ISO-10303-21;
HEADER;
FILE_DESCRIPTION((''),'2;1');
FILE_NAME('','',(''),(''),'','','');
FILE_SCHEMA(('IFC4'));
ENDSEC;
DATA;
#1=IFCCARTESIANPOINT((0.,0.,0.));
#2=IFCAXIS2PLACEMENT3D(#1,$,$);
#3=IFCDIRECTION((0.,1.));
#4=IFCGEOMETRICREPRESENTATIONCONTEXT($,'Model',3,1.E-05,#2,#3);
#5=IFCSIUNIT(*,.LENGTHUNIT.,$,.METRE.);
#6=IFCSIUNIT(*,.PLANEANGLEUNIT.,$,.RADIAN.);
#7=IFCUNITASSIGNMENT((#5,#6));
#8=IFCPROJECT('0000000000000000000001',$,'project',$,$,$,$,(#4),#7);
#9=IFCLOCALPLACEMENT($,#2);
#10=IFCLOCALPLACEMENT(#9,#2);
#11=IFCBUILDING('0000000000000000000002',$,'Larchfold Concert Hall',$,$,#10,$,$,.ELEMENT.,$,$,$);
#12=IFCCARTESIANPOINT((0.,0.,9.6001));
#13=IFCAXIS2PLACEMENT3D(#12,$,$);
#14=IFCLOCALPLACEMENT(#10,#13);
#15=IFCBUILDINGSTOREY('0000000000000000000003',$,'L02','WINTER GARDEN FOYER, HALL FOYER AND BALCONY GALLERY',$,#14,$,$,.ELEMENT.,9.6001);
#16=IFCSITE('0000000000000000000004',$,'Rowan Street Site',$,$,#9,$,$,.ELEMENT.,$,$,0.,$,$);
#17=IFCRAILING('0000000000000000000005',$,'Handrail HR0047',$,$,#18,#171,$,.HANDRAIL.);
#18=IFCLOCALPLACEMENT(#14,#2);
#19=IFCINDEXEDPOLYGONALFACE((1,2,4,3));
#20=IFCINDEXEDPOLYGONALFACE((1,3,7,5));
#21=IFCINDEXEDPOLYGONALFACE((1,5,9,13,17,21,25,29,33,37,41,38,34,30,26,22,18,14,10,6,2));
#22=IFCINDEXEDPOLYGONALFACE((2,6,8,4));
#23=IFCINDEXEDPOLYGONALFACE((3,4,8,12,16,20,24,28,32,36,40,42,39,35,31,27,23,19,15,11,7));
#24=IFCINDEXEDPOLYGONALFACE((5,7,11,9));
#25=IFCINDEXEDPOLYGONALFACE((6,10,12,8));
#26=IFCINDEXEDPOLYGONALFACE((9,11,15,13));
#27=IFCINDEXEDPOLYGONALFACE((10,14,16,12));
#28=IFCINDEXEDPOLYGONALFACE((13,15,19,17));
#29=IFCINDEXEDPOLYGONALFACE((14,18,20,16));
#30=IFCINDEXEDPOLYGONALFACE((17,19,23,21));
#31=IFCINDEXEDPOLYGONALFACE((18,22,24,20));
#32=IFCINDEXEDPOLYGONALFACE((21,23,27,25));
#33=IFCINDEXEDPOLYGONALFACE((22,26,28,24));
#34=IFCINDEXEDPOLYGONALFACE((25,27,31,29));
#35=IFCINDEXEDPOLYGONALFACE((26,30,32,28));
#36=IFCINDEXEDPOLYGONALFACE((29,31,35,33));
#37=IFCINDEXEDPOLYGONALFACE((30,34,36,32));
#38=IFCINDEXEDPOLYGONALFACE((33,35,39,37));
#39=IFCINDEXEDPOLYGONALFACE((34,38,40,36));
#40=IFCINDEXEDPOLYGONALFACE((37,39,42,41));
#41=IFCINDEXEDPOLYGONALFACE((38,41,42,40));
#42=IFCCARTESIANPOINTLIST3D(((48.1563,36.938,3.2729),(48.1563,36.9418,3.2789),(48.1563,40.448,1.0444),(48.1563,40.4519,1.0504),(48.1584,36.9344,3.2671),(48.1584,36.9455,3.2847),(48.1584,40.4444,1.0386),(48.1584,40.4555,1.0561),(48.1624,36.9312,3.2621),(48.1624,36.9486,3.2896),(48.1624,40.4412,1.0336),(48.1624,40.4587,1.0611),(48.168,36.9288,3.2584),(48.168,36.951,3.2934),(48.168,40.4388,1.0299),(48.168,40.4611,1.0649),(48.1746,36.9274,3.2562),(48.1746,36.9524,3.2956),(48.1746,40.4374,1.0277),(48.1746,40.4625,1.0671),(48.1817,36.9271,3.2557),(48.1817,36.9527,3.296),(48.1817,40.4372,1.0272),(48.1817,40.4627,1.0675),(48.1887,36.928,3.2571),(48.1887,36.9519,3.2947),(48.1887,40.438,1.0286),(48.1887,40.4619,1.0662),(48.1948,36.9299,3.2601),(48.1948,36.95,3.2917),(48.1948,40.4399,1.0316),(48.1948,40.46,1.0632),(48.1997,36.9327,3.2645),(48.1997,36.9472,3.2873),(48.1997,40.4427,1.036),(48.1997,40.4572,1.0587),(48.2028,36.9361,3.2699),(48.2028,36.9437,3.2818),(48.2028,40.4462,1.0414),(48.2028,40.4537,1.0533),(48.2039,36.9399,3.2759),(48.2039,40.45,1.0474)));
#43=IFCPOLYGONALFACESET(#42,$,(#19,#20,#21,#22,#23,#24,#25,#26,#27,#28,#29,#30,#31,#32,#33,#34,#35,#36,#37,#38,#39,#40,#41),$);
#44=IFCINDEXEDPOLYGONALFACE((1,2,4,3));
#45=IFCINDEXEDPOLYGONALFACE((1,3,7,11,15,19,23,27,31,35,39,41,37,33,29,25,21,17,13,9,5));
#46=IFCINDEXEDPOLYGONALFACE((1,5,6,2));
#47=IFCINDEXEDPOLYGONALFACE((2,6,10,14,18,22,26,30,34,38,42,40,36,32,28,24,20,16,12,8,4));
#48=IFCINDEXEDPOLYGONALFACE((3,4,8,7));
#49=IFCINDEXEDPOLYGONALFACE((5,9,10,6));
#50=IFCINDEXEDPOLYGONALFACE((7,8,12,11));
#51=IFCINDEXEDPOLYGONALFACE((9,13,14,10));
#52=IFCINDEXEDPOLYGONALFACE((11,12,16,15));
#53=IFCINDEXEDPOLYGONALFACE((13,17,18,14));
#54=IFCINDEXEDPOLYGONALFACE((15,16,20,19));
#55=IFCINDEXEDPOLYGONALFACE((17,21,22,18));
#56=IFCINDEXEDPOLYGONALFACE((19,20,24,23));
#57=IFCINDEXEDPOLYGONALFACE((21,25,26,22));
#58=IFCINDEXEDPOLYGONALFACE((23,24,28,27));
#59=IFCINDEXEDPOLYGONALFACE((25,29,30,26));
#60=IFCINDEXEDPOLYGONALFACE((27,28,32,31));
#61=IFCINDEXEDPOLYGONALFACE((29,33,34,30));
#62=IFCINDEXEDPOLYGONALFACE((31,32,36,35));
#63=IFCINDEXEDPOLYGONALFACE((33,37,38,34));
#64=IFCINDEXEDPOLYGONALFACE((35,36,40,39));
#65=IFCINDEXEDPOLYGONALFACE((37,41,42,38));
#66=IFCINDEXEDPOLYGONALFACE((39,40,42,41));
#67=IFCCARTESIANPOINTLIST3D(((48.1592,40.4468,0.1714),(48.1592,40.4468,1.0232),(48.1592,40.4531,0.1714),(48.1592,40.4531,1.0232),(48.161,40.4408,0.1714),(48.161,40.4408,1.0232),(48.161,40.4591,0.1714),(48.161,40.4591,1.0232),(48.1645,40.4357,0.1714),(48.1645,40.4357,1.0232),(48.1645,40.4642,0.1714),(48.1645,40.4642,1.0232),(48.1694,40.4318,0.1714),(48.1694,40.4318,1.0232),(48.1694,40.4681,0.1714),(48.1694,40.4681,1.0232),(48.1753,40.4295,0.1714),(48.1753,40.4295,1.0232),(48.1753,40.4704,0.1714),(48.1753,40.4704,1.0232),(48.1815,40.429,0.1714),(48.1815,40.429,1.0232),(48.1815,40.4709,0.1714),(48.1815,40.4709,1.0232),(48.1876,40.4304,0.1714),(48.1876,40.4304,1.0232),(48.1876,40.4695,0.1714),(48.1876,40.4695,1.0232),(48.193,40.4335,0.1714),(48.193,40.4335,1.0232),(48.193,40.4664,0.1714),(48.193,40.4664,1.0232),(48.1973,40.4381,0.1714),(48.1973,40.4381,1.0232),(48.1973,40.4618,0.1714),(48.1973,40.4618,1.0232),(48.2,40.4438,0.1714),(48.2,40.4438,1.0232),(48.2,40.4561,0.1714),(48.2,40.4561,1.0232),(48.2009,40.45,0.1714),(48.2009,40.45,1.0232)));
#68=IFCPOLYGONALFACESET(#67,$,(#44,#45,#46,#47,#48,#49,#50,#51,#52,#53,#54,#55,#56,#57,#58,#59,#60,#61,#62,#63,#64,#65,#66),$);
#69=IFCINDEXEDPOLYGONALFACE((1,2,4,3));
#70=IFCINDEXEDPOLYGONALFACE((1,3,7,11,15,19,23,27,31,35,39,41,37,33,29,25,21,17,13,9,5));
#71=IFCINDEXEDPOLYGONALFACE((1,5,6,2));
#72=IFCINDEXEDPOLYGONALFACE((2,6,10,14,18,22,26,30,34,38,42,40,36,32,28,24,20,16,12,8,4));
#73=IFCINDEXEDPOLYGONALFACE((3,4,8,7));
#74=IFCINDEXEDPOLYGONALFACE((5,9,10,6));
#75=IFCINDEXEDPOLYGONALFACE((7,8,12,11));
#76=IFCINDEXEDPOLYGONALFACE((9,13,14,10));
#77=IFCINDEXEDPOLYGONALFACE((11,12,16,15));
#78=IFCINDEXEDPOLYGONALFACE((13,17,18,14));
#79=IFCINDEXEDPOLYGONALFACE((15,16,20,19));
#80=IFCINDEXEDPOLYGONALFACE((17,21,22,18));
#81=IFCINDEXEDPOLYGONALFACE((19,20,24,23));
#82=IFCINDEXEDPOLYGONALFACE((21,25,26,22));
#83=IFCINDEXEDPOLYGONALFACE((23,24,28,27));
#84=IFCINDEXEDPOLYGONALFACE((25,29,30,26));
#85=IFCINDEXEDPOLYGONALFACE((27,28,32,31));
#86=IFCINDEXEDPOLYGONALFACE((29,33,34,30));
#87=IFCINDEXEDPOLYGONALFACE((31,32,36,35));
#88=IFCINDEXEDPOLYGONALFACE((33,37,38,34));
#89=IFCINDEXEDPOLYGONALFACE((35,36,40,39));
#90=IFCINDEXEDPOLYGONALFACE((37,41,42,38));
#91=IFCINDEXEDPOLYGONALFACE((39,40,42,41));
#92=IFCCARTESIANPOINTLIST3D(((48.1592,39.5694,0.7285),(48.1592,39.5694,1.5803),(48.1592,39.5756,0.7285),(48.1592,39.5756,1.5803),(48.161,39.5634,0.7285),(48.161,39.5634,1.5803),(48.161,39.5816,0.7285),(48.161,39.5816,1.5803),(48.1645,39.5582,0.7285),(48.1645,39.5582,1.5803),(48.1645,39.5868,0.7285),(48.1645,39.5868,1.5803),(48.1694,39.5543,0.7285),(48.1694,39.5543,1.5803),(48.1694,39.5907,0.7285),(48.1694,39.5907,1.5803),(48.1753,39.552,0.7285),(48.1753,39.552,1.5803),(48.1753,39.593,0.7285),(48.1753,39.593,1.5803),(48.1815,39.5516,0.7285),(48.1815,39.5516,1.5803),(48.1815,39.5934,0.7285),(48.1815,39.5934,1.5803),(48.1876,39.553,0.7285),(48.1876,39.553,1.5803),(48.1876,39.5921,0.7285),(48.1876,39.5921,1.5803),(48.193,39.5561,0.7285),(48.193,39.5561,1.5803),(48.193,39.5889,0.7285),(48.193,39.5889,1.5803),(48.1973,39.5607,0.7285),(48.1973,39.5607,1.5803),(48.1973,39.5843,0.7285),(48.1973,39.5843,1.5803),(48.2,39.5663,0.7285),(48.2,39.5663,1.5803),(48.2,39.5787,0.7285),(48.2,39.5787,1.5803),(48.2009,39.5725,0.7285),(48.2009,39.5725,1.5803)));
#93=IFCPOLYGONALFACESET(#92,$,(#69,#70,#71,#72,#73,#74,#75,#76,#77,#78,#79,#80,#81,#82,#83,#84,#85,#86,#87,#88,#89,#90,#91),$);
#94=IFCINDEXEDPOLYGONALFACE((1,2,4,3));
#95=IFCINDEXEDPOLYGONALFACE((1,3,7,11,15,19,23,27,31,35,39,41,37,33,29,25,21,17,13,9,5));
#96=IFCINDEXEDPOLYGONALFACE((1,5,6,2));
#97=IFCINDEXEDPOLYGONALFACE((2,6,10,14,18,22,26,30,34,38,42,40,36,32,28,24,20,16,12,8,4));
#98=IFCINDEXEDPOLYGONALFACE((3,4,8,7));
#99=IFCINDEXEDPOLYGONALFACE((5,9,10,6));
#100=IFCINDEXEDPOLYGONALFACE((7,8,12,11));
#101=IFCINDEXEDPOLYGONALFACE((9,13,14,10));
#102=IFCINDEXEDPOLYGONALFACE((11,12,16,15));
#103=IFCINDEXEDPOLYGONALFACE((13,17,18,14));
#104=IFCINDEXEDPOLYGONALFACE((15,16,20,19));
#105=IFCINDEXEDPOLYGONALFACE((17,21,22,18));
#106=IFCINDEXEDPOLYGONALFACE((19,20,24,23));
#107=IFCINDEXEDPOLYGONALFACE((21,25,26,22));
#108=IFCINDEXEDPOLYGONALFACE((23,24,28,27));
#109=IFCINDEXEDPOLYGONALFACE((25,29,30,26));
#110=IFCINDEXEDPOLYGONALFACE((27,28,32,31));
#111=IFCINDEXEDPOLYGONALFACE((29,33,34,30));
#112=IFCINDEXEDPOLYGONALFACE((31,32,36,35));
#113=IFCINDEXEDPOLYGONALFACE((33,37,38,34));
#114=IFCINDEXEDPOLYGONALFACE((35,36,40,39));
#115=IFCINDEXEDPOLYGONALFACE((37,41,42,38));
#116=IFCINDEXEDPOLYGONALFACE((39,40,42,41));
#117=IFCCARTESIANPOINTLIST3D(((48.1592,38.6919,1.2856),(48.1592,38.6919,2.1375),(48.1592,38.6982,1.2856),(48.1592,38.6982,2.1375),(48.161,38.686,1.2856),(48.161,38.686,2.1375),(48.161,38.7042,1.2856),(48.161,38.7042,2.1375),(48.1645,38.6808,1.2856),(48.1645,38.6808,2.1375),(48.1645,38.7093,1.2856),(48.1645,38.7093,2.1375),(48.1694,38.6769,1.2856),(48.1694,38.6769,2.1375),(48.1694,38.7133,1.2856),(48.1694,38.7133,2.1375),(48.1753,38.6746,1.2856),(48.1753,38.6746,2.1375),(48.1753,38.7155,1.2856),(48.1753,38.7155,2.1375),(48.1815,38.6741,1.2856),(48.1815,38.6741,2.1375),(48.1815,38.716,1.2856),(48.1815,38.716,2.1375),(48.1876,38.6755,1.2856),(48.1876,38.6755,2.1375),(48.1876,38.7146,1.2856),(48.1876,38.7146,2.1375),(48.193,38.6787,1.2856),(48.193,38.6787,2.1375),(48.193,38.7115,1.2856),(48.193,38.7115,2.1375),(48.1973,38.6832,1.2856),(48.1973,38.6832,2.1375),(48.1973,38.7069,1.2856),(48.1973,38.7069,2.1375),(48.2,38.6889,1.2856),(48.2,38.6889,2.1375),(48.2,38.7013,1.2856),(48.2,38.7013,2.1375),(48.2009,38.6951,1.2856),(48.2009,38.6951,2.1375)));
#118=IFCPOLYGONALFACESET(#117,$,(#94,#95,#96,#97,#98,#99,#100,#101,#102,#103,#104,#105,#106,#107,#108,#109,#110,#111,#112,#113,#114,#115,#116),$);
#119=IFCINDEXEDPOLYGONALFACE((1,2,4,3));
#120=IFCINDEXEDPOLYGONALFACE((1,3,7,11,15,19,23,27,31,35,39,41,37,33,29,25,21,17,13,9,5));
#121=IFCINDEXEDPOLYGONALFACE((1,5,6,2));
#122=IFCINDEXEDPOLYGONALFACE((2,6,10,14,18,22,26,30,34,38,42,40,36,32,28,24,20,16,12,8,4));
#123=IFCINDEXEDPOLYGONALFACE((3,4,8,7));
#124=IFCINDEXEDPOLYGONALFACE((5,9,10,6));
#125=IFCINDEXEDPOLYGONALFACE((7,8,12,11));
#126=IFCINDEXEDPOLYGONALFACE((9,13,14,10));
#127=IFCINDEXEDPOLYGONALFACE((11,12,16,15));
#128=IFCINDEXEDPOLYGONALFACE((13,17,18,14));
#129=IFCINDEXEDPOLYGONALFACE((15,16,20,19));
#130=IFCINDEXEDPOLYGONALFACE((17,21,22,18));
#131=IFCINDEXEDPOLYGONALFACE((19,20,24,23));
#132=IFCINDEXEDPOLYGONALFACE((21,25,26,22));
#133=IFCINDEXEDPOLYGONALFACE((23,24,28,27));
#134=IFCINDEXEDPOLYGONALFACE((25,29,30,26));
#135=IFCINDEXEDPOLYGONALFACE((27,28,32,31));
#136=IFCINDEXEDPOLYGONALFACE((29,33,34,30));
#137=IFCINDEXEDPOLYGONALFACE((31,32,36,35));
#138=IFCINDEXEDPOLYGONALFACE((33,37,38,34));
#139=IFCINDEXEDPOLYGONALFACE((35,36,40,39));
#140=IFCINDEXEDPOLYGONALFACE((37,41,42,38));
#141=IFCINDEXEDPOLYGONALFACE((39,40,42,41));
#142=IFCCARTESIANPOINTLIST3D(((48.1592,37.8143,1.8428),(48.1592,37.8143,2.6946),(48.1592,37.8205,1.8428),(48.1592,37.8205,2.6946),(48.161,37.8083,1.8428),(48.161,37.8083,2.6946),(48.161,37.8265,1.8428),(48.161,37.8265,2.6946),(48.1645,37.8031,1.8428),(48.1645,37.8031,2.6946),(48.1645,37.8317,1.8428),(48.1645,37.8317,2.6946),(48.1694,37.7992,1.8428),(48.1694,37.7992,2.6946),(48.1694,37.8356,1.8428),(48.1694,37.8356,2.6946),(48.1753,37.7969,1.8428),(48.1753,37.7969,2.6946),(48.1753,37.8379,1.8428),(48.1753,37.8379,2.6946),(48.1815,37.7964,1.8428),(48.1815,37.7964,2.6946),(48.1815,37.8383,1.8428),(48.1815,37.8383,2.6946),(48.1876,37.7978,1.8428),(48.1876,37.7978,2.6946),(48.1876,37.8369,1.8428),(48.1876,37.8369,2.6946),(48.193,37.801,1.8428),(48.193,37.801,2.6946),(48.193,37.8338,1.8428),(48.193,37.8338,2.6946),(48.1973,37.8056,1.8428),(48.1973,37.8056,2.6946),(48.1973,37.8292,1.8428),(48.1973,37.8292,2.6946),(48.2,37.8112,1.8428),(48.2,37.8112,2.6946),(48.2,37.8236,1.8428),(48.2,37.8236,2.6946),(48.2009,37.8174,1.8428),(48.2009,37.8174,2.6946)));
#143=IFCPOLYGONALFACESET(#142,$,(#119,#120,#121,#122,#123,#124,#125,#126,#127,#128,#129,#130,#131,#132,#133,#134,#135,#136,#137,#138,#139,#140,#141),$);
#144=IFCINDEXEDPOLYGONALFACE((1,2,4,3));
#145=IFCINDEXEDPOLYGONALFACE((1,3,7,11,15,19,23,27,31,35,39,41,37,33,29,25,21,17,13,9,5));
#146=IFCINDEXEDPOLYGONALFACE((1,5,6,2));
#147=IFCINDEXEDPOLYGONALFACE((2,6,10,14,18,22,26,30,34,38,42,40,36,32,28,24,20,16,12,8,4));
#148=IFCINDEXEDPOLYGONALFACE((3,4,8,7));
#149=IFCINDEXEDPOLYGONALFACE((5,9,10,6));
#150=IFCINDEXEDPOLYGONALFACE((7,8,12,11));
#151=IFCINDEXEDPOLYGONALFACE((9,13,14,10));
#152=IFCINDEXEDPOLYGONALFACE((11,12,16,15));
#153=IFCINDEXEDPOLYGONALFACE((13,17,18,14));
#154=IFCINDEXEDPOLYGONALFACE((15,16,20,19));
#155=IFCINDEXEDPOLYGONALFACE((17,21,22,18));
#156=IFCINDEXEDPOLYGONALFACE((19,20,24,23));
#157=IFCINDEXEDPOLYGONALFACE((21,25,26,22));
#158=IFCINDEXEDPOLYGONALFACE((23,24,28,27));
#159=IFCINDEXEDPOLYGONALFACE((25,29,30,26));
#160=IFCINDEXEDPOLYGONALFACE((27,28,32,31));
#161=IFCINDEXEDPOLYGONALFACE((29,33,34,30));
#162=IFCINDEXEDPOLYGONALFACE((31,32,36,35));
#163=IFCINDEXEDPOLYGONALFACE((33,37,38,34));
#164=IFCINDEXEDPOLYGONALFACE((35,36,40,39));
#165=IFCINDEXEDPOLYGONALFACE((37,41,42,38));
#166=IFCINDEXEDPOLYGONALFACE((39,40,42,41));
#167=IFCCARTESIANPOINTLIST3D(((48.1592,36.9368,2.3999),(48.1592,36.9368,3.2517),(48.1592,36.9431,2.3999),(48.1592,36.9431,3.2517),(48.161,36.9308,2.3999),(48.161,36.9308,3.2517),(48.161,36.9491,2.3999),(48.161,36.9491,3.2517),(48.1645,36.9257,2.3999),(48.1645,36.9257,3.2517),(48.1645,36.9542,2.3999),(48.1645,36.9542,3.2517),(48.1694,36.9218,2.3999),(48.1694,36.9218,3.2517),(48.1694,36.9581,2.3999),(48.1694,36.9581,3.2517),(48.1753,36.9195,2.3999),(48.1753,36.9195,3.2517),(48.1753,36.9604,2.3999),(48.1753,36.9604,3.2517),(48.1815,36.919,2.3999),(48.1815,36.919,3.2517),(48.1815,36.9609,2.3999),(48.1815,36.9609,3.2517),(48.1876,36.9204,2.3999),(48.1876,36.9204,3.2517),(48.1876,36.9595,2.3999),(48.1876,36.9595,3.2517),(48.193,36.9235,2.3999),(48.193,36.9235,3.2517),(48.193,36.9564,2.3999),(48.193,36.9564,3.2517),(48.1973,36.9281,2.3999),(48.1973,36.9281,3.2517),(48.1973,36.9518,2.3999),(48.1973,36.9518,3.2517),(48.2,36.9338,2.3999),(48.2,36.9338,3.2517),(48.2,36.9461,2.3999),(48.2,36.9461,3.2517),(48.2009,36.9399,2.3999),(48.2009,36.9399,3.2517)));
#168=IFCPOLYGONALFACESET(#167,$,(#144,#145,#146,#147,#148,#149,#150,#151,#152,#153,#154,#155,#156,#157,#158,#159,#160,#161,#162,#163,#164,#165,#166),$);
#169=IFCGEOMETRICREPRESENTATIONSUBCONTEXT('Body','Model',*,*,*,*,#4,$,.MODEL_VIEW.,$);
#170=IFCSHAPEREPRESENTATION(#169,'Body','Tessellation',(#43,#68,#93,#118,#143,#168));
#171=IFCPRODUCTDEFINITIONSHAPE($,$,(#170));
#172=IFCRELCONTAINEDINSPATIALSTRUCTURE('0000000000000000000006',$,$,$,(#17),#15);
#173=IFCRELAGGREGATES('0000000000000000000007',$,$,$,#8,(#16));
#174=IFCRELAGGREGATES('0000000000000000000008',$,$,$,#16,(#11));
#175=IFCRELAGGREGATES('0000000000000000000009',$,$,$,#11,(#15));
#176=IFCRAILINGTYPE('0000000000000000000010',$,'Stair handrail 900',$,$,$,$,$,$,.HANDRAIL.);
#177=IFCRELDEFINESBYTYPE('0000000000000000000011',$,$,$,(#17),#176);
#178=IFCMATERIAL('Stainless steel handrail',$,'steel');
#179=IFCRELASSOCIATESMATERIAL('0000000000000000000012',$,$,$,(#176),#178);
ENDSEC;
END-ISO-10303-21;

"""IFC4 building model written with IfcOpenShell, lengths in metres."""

from ifc_helpers import new_model, si_unit, direction, frame, origin, origin_2d, place, context, subcontext, project, spatial, circle, extrude, material, type_object, element, save


model = new_model("IFC4")

# Units and contexts
model_context = context("Model", 3, precision=1e-05, world=origin(), true_north=direction((0.0, 1.0)))
body_context = subcontext(model_context, "Body", "Model", "MODEL_VIEW")
ifc_project = project(units=[si_unit("LENGTHUNIT", "METRE"), si_unit("PLANEANGLEUNIT", "RADIAN")], contexts=[model_context])

# Site, building, storey
site_placement = place(None, origin())
site = spatial("IfcSite", under=ifc_project, at=site_placement, Name="Rowan Street Site", CompositionType="ELEMENT", RefElevation=0.0)
building_placement = place(site_placement, origin())
building = spatial("IfcBuilding", under=site, at=building_placement, Name="Larchfold Concert Hall", CompositionType="ELEMENT")
storey_placement = place(building_placement, frame((0.0, 0.0, 9.6001)))
storey = spatial("IfcBuildingStorey", under=building, at=storey_placement, Name="L02", Description="WINTER GARDEN FOYER, HALL FOYER AND BALCONY GALLERY", CompositionType="ELEMENT", Elevation=9.6001)

# Railing
ifc_material_1 = material(Name="Stainless steel handrail", Category="steel")
railing_type_1 = type_object("IfcRailingType", Name="Stair handrail 900", PredefinedType="HANDRAIL", material=ifc_material_1)
railing_1_placement = place(storey_placement, frame((48.1799, 40.45, 0.1714)))
element("IfcRailing", 1, at=railing_1_placement, inside=storey, type_object=railing_type_1, Name="Handrail HR0047", PredefinedType="HANDRAIL", context=body_context, shape_type="SweptSolid", body=[
    extrude(circle(Radius=0.0239, at=origin_2d()), frame((0.0, 0.0, 0.876), z_axis=(0.0, -0.84422, 0.535998), x_axis=(1.0, 0.0, 0.0)), (0.0, 0.0, 1.0), 4.1577),
    extrude(circle(Radius=0.021, at=origin_2d()), origin(), (0.0, 0.0, 1.0), 0.8518),
    extrude(circle(Radius=0.021, at=origin_2d()), frame((0.0, -0.8774, 0.5571)), (0.0, 0.0, 1.0), 0.8518),
    extrude(circle(Radius=0.021, at=origin_2d()), frame((0.0, -1.7549, 1.1143)), (0.0, 0.0, 1.0), 0.8518),
    extrude(circle(Radius=0.021, at=origin_2d()), frame((0.0, -2.6326, 1.6714)), (0.0, 0.0, 1.0), 0.8518),
    extrude(circle(Radius=0.021, at=origin_2d()), frame((0.0, -3.51, 2.2285)), (0.0, 0.0, 1.0), 0.8518),
])

save(model, "model.ifc")
